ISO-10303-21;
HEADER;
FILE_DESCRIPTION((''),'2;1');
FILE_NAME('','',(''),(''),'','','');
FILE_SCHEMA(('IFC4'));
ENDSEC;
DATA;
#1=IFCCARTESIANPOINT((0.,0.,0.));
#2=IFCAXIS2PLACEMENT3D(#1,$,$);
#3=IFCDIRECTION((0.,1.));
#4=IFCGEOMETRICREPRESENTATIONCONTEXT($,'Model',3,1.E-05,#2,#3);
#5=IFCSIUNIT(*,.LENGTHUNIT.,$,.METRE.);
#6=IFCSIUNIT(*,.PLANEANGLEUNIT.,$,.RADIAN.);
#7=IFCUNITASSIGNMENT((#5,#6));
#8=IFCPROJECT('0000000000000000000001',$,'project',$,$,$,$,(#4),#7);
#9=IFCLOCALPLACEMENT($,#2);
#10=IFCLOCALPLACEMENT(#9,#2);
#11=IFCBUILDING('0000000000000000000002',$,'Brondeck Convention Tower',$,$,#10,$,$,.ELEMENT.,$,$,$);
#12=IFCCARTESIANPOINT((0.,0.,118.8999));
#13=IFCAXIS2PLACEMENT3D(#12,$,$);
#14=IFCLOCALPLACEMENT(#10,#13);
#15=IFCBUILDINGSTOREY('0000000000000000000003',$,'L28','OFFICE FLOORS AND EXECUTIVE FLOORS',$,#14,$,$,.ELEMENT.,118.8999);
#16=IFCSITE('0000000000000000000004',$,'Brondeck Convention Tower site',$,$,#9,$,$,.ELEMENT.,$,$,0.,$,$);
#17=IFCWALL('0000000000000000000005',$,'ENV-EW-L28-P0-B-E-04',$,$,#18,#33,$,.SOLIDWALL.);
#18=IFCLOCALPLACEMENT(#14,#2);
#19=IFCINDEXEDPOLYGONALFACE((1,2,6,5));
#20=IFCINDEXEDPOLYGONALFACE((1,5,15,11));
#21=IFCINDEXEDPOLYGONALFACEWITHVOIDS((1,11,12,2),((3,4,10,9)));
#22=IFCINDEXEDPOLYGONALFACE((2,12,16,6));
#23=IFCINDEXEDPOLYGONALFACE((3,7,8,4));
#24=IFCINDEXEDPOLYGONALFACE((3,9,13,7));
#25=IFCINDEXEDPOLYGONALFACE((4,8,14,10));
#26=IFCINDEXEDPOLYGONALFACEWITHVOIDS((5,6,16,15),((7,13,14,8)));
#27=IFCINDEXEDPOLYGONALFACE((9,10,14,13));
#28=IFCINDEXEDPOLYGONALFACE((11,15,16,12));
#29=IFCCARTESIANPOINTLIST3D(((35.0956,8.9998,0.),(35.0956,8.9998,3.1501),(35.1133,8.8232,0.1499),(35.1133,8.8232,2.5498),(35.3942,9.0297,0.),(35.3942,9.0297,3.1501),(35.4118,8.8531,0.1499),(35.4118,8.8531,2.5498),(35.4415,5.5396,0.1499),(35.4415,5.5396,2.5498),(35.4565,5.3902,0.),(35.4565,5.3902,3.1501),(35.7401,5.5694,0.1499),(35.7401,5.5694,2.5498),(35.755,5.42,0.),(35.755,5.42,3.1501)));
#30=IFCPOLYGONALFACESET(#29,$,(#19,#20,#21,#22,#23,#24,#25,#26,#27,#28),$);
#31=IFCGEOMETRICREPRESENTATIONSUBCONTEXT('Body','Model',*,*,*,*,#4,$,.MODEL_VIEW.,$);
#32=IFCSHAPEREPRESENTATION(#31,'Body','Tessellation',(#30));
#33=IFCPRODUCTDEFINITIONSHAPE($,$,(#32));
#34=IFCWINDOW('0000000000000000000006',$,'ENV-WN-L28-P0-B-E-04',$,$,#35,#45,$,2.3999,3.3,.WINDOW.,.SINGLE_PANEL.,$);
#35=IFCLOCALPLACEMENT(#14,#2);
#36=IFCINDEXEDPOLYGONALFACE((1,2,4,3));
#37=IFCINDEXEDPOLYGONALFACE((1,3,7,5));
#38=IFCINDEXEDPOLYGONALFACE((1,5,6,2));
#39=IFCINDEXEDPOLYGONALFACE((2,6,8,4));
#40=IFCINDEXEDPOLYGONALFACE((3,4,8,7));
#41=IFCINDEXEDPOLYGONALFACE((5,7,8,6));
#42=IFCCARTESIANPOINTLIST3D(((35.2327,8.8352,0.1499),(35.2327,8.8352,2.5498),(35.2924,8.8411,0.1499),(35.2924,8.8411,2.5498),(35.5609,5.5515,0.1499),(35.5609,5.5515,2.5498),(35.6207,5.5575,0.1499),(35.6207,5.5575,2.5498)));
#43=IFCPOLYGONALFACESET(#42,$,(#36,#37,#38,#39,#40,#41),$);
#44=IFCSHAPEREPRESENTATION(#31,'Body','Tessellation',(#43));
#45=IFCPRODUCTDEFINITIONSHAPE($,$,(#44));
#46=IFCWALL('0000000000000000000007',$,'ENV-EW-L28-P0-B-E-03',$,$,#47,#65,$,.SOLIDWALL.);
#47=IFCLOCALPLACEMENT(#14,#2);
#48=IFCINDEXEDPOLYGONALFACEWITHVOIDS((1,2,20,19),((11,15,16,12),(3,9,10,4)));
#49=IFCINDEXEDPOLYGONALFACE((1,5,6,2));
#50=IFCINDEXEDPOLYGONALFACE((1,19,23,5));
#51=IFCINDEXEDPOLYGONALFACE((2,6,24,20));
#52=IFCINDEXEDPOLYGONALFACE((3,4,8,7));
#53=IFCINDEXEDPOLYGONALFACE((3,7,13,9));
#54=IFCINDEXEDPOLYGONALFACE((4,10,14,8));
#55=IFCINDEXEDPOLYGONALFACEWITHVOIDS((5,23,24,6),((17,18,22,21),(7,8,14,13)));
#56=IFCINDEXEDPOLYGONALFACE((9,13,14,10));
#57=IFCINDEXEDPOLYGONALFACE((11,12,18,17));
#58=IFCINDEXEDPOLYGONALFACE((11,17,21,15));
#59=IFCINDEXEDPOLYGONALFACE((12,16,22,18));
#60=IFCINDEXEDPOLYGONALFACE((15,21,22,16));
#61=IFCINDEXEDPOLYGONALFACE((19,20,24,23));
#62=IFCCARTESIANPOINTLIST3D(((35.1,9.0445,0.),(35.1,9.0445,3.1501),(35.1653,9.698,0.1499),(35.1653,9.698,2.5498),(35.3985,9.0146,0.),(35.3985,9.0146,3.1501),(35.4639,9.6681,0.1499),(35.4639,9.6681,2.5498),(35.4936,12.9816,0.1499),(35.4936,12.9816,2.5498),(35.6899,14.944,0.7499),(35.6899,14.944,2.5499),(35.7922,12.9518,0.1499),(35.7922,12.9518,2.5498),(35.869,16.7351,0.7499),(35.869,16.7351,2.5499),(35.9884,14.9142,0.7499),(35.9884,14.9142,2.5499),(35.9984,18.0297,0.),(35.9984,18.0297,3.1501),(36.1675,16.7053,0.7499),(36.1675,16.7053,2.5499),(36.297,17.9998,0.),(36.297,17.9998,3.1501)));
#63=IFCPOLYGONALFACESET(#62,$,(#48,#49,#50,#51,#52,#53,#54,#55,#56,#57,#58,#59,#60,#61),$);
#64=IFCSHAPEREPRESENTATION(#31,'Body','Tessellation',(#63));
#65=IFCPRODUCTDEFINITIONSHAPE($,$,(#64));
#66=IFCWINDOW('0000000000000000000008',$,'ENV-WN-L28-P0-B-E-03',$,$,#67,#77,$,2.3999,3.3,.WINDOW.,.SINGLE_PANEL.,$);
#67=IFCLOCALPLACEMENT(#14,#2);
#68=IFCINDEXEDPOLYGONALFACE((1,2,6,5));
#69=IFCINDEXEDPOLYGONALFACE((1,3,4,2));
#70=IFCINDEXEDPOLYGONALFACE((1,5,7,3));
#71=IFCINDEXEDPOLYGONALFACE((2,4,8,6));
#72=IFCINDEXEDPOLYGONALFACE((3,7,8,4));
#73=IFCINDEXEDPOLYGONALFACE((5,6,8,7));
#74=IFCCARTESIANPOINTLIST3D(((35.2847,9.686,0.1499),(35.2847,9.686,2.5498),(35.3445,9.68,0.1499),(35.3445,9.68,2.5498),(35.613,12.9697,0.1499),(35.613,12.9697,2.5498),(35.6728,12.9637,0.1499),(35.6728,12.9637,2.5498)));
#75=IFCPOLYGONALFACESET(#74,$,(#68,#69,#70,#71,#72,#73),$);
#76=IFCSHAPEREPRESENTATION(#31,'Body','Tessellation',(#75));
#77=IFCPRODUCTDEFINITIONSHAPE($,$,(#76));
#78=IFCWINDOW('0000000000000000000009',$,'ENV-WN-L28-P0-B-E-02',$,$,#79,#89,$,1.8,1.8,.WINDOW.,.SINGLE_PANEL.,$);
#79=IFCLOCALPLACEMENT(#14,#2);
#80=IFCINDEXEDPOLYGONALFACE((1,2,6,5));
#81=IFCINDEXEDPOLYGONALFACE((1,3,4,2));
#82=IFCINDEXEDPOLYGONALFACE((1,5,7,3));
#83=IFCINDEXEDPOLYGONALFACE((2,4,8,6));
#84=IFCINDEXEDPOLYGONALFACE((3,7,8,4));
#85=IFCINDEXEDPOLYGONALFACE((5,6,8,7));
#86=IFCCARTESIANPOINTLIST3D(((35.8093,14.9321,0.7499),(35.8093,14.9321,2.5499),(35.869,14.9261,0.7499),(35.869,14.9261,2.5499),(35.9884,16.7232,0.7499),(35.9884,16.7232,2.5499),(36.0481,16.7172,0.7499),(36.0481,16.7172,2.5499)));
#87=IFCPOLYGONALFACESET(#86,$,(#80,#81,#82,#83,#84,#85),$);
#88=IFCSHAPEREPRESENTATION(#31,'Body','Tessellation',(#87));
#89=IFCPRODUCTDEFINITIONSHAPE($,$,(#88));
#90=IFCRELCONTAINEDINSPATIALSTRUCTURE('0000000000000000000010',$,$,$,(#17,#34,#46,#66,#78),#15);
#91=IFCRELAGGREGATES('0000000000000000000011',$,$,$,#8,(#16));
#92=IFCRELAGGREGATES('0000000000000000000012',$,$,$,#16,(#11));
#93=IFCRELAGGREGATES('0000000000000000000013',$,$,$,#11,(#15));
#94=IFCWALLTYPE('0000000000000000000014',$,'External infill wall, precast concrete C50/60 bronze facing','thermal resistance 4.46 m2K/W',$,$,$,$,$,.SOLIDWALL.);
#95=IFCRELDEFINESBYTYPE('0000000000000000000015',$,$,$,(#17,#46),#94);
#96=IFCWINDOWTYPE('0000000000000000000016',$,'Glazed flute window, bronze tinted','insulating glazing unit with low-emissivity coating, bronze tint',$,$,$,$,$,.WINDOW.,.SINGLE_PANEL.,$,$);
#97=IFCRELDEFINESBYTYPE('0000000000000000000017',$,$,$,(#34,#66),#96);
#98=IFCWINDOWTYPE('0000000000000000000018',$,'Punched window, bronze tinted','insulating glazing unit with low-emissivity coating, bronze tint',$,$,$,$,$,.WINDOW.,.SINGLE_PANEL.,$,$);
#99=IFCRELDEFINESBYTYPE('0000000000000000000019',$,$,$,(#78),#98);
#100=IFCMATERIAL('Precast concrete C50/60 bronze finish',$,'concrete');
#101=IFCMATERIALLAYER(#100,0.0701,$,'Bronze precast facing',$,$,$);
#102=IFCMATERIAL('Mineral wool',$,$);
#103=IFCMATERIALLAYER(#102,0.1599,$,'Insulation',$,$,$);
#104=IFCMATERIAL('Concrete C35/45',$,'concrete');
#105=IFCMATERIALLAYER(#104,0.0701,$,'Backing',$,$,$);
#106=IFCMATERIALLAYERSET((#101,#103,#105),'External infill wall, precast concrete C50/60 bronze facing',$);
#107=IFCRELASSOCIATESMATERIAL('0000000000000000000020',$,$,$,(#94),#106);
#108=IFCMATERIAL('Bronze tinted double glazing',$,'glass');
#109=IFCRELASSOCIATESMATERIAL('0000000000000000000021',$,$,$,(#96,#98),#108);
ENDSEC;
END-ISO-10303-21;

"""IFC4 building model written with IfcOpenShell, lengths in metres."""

from ifc_helpers import new_model, si_unit, direction, frame, frame_2d, origin, place, context, subcontext, project, spatial, rectangle, extrude, material, layer, layer_set, type_object, element, fill, save


model = new_model("IFC4")

# Units and contexts
model_context = context("Model", 3, precision=1e-05, world=origin(), true_north=direction((0.0, 1.0)))
body_context = subcontext(model_context, "Body", "Model", "MODEL_VIEW")
ifc_project = project(units=[si_unit("LENGTHUNIT", "METRE"), si_unit("PLANEANGLEUNIT", "RADIAN")], contexts=[model_context])

# Site, building, storey
site_placement = place(None, origin())
site = spatial("IfcSite", under=ifc_project, at=site_placement, Name="Brondeck Convention Tower site", CompositionType="ELEMENT", RefElevation=0.0)
building_placement = place(site_placement, origin())
building = spatial("IfcBuilding", under=site, at=building_placement, Name="Brondeck Convention Tower", CompositionType="ELEMENT")
storey_placement = place(building_placement, frame((0.0, 0.0, 118.8999)))
storey = spatial("IfcBuildingStorey", under=building, at=storey_placement, Name="L28", Description="OFFICE FLOORS AND EXECUTIVE FLOORS", CompositionType="ELEMENT", Elevation=118.8999)

# Wall, opening, window
ifc_material_1 = material(Name="Precast concrete C50/60 bronze finish", Category="concrete")
ifc_layer_1 = layer(ifc_material_1, 0.0701, Name="Bronze precast facing")
ifc_material_2 = material(Name="Mineral wool")
ifc_layer_2 = layer(ifc_material_2, 0.1599, Name="Insulation")
ifc_material_3 = material(Name="Concrete C35/45", Category="concrete")
ifc_layer_3 = layer(ifc_material_3, 0.0701, Name="Backing")
ifc_layer_set = layer_set([ifc_layer_1, ifc_layer_2, ifc_layer_3], Name="External infill wall, precast concrete C50/60 bronze facing")
wall_type = type_object("IfcWallType", Name="External infill wall, precast concrete C50/60 bronze facing", Description="thermal resistance 4.46 m2K/W", PredefinedType="SOLIDWALL", material=ifc_layer_set)
wall_1_placement = place(storey_placement, frame((35.2449, 9.0149, 0.0), z_axis=(0.0, 0.0, 1.0), x_axis=(0.09947, -0.995041, 0.0)))
wall_1 = element("IfcWall", 1, at=wall_1_placement, inside=storey, type_object=wall_type, Name="ENV-EW-L28-P0-B-E-04", PredefinedType="SOLIDWALL", context=body_context, shape_type="SweptSolid", body=[
    extrude(rectangle(XDim=3.6277, YDim=0.3, at=frame_2d((1.814, 0.0))), origin(), (0.0, 0.0, 1.0), 3.1501),
])
opening_1_placement = place(wall_1_placement, frame((0.1777, 0.0, 0.1499)))
opening_1 = element("IfcOpeningElement", 2, at=opening_1_placement, cuts=wall_1, PredefinedType="OPENING", context=body_context, shape_type="SweptSolid", body=[
    extrude(rectangle(XDim=3.3, YDim=2.3999, at=frame_2d((1.6499, 1.2))), frame((0.0, 0.1599, 0.0), z_axis=(0.0, -1.0, 0.0), x_axis=(1.0, 0.0, 0.0)), (0.0, 0.0, 1.0), 0.3201),
])
ifc_material_4 = material(Name="Bronze tinted double glazing", Category="glass")
window_type_1 = type_object("IfcWindowType", Name="Glazed flute window, bronze tinted", Description="insulating glazing unit with low-emissivity coating, bronze tint", PartitioningType="SINGLE_PANEL", PredefinedType="WINDOW", material=ifc_material_4)
window_1_placement = place(opening_1_placement, origin())
window_1 = element("IfcWindow", 3, at=window_1_placement, inside=storey, type_object=window_type_1, Name="ENV-WN-L28-P0-B-E-04", OverallHeight=2.3999, OverallWidth=3.3, PartitioningType="SINGLE_PANEL", PredefinedType="WINDOW", context=body_context, shape_type="SweptSolid", body=[
    extrude(rectangle(XDim=3.3, YDim=2.3999, at=frame_2d((1.6499, 1.2))), frame((0.0, 0.03, 0.0), z_axis=(0.0, -1.0, 0.0), x_axis=(1.0, 0.0, 0.0)), (0.0, 0.0, 1.0), 0.0601),
])
fill(opening_1, window_1)

# Wall, openings, windows
wall_2_placement = place(storey_placement, frame((36.1477, 18.0149, 0.0), z_axis=(0.0, 0.0, 1.0), x_axis=(-0.099496, -0.995038, 0.0)))
wall_2 = element("IfcWall", 4, at=wall_2_placement, inside=storey, type_object=wall_type, Name="ENV-EW-L28-P0-B-E-03", PredefinedType="SOLIDWALL", context=body_context, shape_type="SweptSolid", body=[
    extrude(rectangle(XDim=9.03, YDim=0.3, at=frame_2d((4.5151, 0.0))), origin(), (0.0, 0.0, 1.0), 3.1501),
])
opening_2_placement = place(wall_2_placement, frame((1.3013, 0.0, 0.75)))
opening_2 = element("IfcOpeningElement", 5, at=opening_2_placement, cuts=wall_2, PredefinedType="OPENING", context=body_context, shape_type="SweptSolid", body=[
    extrude(rectangle(XDim=1.8, YDim=1.8, at=frame_2d((0.8999, 0.8999))), frame((0.0, 0.1599, 0.0), z_axis=(0.0, -1.0, 0.0), x_axis=(1.0, 0.0, 0.0)), (0.0, 0.0, 1.0), 0.3201),
])
opening_3_placement = place(wall_2_placement, frame((5.0735, 0.0, 0.1499)))
opening_3 = element("IfcOpeningElement", 6, at=opening_3_placement, cuts=wall_2, PredefinedType="OPENING", context=body_context, shape_type="SweptSolid", body=[
    extrude(rectangle(XDim=3.3, YDim=2.3999, at=frame_2d((1.6499, 1.2))), frame((0.0, 0.1599, 0.0), z_axis=(0.0, -1.0, 0.0), x_axis=(1.0, 0.0, 0.0)), (0.0, 0.0, 1.0), 0.3201),
])
window_2_placement = place(opening_3_placement, origin())
window_2 = element("IfcWindow", 7, at=window_2_placement, inside=storey, type_object=window_type_1, Name="ENV-WN-L28-P0-B-E-03", OverallHeight=2.3999, OverallWidth=3.3, PartitioningType="SINGLE_PANEL", PredefinedType="WINDOW", context=body_context, shape_type="SweptSolid", body=[
    extrude(rectangle(XDim=3.3, YDim=2.3999, at=frame_2d((1.6499, 1.2))), frame((0.0, 0.03, 0.0), z_axis=(0.0, -1.0, 0.0), x_axis=(1.0, 0.0, 0.0)), (0.0, 0.0, 1.0), 0.0601),
])
fill(opening_3, window_2)
window_type_2 = type_object("IfcWindowType", Name="Punched window, bronze tinted", Description="insulating glazing unit with low-emissivity coating, bronze tint", PartitioningType="SINGLE_PANEL", PredefinedType="WINDOW", material=ifc_material_4)
window_3_placement = place(opening_2_placement, origin())
window_3 = element("IfcWindow", 8, at=window_3_placement, inside=storey, type_object=window_type_2, Name="ENV-WN-L28-P0-B-E-02", OverallHeight=1.8, OverallWidth=1.8, PartitioningType="SINGLE_PANEL", PredefinedType="WINDOW", context=body_context, shape_type="SweptSolid", body=[
    extrude(rectangle(XDim=1.8, YDim=1.8, at=frame_2d((0.8999, 0.8999))), frame((0.0, 0.03, 0.0), z_axis=(0.0, -1.0, 0.0), x_axis=(1.0, 0.0, 0.0)), (0.0, 0.0, 1.0), 0.0601),
])
fill(opening_2, window_3)

save(model, "model.ifc")
